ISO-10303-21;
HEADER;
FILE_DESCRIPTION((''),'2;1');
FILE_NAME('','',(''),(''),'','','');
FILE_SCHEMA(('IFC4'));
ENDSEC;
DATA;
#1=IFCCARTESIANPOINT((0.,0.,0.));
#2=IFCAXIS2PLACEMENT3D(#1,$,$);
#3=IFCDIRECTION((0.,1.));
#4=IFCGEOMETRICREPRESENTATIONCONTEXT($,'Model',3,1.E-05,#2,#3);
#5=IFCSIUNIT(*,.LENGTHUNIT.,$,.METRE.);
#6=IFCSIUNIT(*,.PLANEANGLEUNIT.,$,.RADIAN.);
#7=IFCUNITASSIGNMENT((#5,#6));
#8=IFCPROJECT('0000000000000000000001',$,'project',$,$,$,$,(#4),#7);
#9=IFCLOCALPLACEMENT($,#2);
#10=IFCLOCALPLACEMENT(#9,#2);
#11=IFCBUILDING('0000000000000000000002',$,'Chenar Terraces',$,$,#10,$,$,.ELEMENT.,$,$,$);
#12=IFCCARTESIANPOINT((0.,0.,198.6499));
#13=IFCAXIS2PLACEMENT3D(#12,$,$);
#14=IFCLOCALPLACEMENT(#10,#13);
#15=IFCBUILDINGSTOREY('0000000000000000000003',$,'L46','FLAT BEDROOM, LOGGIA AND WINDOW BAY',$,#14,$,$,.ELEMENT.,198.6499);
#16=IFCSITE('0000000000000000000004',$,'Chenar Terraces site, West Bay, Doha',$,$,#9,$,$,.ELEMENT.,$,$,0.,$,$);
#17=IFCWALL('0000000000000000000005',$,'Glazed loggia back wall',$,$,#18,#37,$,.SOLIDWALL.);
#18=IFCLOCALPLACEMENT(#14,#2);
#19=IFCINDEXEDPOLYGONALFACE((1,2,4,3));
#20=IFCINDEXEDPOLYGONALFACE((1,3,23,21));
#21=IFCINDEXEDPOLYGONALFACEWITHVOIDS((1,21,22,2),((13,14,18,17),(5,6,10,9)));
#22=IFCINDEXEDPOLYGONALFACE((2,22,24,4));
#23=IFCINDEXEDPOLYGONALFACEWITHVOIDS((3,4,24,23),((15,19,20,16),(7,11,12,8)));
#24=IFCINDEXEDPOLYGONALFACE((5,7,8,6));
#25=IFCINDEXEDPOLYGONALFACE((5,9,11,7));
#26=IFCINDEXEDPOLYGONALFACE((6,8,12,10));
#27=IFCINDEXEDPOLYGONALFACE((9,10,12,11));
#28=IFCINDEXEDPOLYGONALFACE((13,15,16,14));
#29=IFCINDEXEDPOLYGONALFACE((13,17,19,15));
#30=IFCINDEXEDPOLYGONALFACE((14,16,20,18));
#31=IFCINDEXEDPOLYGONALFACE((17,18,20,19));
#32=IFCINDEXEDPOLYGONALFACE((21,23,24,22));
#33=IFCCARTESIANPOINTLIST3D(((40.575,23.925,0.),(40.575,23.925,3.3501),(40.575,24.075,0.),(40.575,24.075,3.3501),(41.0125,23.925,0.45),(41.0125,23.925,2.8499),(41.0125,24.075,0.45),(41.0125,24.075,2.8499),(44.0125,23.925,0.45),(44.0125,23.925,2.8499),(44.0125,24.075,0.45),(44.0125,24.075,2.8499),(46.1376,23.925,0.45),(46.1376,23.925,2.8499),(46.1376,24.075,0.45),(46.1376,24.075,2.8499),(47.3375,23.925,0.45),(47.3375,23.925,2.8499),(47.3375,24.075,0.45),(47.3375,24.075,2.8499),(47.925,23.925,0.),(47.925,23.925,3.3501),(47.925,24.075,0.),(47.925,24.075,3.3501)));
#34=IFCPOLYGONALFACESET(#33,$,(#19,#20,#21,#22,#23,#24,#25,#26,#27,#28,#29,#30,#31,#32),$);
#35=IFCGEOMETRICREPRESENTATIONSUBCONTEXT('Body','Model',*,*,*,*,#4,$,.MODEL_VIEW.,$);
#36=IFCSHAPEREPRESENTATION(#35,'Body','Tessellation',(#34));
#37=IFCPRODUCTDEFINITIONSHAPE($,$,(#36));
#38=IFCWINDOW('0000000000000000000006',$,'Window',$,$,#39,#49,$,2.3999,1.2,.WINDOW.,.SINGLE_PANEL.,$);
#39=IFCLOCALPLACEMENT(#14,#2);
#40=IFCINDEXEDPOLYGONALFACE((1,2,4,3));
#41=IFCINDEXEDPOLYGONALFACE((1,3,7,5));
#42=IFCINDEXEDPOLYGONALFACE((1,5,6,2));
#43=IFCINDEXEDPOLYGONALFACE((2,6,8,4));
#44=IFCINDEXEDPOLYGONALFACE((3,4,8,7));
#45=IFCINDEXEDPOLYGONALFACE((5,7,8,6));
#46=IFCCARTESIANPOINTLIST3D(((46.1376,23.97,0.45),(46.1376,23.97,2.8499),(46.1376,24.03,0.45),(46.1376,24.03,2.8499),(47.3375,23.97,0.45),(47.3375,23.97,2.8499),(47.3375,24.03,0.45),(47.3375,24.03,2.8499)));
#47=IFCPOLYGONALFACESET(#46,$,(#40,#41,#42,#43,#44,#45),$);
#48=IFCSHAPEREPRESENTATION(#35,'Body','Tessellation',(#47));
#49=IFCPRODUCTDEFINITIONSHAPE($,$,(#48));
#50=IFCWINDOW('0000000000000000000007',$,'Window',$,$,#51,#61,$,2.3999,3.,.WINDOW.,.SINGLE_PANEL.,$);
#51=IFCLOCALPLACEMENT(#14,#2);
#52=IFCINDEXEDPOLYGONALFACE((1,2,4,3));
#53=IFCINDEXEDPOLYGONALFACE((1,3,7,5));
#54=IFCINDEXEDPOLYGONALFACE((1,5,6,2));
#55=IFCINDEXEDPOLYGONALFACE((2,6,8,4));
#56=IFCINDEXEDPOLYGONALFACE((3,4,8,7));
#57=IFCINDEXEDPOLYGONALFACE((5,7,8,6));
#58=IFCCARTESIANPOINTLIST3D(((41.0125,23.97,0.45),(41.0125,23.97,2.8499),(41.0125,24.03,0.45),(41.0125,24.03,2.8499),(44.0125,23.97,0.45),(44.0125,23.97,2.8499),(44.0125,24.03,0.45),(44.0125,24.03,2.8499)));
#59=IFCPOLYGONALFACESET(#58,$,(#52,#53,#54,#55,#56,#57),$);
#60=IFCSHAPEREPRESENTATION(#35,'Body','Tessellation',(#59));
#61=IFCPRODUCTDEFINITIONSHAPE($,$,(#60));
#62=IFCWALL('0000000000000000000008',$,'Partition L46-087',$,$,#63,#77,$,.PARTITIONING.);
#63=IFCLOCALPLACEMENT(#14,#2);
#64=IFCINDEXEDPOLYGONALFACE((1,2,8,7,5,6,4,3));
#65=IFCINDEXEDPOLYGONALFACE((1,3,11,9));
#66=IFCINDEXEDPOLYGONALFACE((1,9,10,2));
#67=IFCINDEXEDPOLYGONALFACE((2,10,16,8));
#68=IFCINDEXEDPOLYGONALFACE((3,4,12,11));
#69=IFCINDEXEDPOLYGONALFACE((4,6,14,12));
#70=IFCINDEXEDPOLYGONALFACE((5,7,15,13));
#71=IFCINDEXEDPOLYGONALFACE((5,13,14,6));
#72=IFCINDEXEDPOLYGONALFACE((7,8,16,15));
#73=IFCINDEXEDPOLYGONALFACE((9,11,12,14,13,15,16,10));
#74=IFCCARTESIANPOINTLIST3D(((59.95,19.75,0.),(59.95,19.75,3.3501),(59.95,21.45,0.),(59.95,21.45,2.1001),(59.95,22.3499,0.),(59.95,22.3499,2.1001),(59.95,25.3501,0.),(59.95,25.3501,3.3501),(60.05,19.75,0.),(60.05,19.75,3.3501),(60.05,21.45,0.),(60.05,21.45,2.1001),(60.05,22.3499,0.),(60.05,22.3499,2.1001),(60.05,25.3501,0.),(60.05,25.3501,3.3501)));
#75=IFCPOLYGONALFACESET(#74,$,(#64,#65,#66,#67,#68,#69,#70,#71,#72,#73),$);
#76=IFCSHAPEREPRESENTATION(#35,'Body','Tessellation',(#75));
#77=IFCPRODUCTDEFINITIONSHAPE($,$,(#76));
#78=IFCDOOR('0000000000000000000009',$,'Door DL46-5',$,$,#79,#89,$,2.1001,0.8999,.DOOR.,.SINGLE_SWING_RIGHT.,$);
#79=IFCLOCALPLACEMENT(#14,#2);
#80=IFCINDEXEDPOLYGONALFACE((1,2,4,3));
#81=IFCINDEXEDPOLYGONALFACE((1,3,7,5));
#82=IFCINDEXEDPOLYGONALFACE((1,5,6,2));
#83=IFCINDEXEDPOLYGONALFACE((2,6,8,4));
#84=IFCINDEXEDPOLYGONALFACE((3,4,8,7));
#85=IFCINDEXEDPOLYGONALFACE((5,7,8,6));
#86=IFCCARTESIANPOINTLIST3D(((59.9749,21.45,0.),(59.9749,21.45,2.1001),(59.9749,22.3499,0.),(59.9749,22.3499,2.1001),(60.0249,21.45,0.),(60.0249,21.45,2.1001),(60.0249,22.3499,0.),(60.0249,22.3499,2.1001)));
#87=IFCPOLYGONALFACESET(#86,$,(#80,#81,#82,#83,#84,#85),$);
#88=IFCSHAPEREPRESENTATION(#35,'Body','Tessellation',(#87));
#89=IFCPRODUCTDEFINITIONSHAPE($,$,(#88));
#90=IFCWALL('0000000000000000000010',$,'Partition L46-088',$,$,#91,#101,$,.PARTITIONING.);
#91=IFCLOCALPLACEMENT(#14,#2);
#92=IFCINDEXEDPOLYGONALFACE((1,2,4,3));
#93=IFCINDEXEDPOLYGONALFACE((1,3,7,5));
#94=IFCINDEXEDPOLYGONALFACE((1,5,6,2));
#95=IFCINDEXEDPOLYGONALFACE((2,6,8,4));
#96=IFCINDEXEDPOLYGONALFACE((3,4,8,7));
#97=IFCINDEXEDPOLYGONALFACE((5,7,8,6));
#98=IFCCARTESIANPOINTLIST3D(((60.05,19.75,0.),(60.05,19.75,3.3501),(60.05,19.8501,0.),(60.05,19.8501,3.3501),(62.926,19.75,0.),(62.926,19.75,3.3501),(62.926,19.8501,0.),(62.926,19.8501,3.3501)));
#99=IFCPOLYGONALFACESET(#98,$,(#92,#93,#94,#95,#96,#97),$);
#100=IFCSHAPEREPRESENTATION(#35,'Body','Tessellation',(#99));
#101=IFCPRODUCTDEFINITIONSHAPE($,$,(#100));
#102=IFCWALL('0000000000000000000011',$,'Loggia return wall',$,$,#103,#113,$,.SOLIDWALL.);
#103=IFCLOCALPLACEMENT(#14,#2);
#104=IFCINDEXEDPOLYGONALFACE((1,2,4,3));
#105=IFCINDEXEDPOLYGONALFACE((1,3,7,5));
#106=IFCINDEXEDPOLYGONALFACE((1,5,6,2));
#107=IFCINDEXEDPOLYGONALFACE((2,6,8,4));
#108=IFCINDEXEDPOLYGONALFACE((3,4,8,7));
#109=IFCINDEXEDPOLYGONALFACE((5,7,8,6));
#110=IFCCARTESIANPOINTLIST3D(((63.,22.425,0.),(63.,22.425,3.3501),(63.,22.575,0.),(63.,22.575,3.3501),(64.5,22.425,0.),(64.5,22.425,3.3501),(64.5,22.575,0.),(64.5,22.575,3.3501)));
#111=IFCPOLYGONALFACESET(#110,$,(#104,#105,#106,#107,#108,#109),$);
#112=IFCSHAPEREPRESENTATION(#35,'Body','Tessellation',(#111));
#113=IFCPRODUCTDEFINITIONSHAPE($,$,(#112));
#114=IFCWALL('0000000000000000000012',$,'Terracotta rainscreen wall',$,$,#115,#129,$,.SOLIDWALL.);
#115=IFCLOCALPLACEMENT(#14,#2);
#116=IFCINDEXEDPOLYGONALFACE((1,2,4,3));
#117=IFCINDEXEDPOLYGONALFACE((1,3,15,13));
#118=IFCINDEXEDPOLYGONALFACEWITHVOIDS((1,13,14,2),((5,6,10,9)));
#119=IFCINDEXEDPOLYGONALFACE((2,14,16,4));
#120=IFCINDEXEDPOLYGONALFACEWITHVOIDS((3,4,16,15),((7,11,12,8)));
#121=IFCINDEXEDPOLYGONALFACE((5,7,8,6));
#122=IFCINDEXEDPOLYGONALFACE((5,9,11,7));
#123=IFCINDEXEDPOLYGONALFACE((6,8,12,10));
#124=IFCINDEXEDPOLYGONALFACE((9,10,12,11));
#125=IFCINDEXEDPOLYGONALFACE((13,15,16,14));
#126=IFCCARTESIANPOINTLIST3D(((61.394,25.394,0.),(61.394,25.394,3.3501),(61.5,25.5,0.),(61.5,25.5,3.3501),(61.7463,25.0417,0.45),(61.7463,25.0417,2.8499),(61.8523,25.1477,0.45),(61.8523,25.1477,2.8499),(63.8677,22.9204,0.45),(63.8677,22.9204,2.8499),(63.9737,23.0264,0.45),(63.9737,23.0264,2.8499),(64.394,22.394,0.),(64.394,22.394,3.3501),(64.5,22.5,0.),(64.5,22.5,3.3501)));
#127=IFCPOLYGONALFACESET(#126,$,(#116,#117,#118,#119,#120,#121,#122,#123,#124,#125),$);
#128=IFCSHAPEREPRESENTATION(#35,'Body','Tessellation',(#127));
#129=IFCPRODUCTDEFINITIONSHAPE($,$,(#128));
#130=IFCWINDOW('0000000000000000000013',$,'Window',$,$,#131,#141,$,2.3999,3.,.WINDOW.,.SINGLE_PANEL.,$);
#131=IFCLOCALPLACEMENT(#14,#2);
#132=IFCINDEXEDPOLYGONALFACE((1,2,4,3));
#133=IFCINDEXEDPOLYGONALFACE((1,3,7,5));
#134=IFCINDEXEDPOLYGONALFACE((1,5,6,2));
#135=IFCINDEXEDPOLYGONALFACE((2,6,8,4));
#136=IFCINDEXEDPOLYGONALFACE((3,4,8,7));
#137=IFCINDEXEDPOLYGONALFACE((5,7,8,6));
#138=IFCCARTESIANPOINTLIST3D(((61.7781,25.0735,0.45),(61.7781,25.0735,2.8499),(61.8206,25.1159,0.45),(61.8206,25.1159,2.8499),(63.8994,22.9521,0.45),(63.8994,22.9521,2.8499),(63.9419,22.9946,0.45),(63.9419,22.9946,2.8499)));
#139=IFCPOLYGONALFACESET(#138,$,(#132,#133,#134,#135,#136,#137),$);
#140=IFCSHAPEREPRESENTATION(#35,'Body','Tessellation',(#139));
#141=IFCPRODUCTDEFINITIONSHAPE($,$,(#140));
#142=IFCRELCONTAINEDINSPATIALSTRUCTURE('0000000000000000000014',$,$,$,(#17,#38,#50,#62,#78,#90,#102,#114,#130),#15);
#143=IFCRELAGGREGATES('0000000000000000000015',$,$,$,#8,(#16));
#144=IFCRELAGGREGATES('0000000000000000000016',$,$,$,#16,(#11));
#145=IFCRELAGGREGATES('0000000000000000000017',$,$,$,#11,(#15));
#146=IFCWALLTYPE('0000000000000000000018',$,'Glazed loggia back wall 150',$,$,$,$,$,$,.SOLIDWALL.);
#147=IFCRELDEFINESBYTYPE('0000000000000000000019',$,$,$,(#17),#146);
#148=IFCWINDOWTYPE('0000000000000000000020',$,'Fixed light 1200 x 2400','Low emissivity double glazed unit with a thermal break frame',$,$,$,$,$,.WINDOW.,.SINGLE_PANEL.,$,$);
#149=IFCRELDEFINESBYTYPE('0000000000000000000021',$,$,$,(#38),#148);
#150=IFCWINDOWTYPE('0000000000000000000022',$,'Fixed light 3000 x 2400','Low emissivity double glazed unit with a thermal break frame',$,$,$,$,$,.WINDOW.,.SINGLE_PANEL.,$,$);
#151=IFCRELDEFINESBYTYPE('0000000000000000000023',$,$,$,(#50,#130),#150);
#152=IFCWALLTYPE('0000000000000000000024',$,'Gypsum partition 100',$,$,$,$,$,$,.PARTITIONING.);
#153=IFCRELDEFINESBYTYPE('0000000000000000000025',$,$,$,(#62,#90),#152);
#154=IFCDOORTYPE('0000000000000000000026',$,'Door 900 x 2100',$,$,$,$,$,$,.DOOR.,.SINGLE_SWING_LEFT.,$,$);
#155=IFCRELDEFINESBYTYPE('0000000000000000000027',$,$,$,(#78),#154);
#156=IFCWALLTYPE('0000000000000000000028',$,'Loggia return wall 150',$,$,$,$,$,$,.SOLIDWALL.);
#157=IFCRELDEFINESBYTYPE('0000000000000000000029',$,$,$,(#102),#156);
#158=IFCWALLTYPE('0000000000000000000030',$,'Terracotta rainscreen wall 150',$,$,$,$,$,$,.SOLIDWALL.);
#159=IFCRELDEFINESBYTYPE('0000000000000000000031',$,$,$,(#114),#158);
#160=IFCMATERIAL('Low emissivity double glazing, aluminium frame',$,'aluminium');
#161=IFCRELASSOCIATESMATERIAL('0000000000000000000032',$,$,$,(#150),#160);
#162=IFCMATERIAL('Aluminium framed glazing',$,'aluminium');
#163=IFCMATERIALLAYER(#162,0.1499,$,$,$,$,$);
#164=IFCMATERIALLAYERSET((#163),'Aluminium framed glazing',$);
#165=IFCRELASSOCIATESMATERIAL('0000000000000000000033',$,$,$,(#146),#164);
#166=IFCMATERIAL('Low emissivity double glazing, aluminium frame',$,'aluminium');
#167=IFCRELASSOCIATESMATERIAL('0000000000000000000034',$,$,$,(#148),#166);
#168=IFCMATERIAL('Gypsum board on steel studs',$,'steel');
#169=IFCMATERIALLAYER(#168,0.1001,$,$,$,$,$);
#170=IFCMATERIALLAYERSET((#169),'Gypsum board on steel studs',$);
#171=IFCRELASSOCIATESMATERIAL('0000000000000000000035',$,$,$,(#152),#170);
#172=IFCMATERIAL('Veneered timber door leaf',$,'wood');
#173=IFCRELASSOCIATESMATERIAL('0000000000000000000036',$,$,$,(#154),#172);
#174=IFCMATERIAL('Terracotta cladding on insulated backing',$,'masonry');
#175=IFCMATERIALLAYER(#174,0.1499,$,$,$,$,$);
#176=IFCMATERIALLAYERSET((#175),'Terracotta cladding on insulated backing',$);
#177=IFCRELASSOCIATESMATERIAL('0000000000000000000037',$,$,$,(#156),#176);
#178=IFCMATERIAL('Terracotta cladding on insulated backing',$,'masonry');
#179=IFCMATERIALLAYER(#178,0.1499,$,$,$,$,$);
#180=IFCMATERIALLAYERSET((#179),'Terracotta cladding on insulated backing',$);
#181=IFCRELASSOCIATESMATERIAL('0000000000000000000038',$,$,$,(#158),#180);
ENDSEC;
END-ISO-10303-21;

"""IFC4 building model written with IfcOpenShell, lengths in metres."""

from ifc_helpers import new_model, si_unit, direction, frame, frame_2d, origin, place, context, subcontext, project, spatial, rectangle, extrude, material, layer, layer_set, type_object, element, fill, save


model = new_model("IFC4")

# Units and contexts
model_context = context("Model", 3, precision=1e-05, world=origin(), true_north=direction((0.0, 1.0)))
body_context = subcontext(model_context, "Body", "Model", "MODEL_VIEW")
ifc_project = project(units=[si_unit("LENGTHUNIT", "METRE"), si_unit("PLANEANGLEUNIT", "RADIAN")], contexts=[model_context])

# Site, building, storey
site_placement = place(None, origin())
site = spatial("IfcSite", under=ifc_project, at=site_placement, Name="Chenar Terraces site, West Bay, Doha", CompositionType="ELEMENT", RefElevation=0.0)
building_placement = place(site_placement, origin())
building = spatial("IfcBuilding", under=site, at=building_placement, Name="Chenar Terraces", CompositionType="ELEMENT")
storey_placement = place(building_placement, frame((0.0, 0.0, 198.6499)))
storey = spatial("IfcBuildingStorey", under=building, at=storey_placement, Name="L46", Description="FLAT BEDROOM, LOGGIA AND WINDOW BAY", CompositionType="ELEMENT", Elevation=198.6499)

# Wall, openings, windows
ifc_material_1 = material(Name="Low emissivity double glazing, aluminium frame", Category="aluminium")
window_type_1 = type_object("IfcWindowType", Name="Fixed light 3000 x 2400", Description="Low emissivity double glazed unit with a thermal break frame", PartitioningType="SINGLE_PANEL", PredefinedType="WINDOW", material=ifc_material_1)
ifc_material_2 = material(Name="Aluminium framed glazing", Category="aluminium")
ifc_layer_1 = layer(ifc_material_2, 0.1499)
ifc_layer_set_1 = layer_set([ifc_layer_1], Name="Aluminium framed glazing")
wall_type_1 = type_object("IfcWallType", Name="Glazed loggia back wall 150", PredefinedType="SOLIDWALL", material=ifc_layer_set_1)
wall_1_placement = place(storey_placement, frame((47.925, 24.0, 0.0), z_axis=(0.0, 0.0, 1.0), x_axis=(-1.0, 0.0, 0.0)))
wall_1 = element("IfcWall", 1, at=wall_1_placement, inside=storey, type_object=wall_type_1, Name="Glazed loggia back wall", PredefinedType="SOLIDWALL", context=body_context, shape_type="SweptSolid", body=[
    extrude(rectangle(XDim=7.3501, YDim=0.1499, at=frame_2d((3.675, 0.0))), origin(), (0.0, 0.0, 1.0), 3.3501),
])
opening_1_placement = place(wall_1_placement, frame((0.5874, 0.0, 0.45)))
opening_1 = element("IfcOpeningElement", 2, at=opening_1_placement, cuts=wall_1, PredefinedType="OPENING", context=body_context, shape_type="SweptSolid", body=[
    extrude(rectangle(XDim=1.2, YDim=2.3999, at=frame_2d((0.6001, 1.2))), frame((0.0, 0.085, 0.0), z_axis=(0.0, -1.0, 0.0), x_axis=(1.0, 0.0, 0.0)), (0.0, 0.0, 1.0), 0.1699),
])
opening_2_placement = place(wall_1_placement, frame((3.9126, 0.0, 0.45)))
opening_2 = element("IfcOpeningElement", 3, at=opening_2_placement, cuts=wall_1, PredefinedType="OPENING", context=body_context, shape_type="SweptSolid", body=[
    extrude(rectangle(XDim=3.0, YDim=2.3999, at=frame_2d((1.5, 1.2))), frame((0.0, 0.085, 0.0), z_axis=(0.0, -1.0, 0.0), x_axis=(1.0, 0.0, 0.0)), (0.0, 0.0, 1.0), 0.1699),
])
ifc_material_3 = material(Name="Low emissivity double glazing, aluminium frame", Category="aluminium")
window_type_2 = type_object("IfcWindowType", Name="Fixed light 1200 x 2400", Description="Low emissivity double glazed unit with a thermal break frame", PartitioningType="SINGLE_PANEL", PredefinedType="WINDOW", material=ifc_material_3)
window_1_placement = place(opening_1_placement, origin())
window_1 = element("IfcWindow", 4, at=window_1_placement, inside=storey, type_object=window_type_2, Name="Window", OverallHeight=2.3999, OverallWidth=1.2, PartitioningType="SINGLE_PANEL", PredefinedType="WINDOW", context=body_context, shape_type="SweptSolid", body=[
    extrude(rectangle(XDim=1.2, YDim=2.3999, at=frame_2d((0.6001, 1.2))), frame((0.0, 0.03, 0.0), z_axis=(0.0, -1.0, 0.0), x_axis=(1.0, 0.0, 0.0)), (0.0, 0.0, 1.0), 0.0601),
])
fill(opening_1, window_1)
window_2_placement = place(opening_2_placement, origin())
window_2 = element("IfcWindow", 5, at=window_2_placement, inside=storey, type_object=window_type_1, Name="Window", OverallHeight=2.3999, OverallWidth=3.0, PartitioningType="SINGLE_PANEL", PredefinedType="WINDOW", context=body_context, shape_type="SweptSolid", body=[
    extrude(rectangle(XDim=3.0, YDim=2.3999, at=frame_2d((1.5, 1.2))), frame((0.0, 0.03, 0.0), z_axis=(0.0, -1.0, 0.0), x_axis=(1.0, 0.0, 0.0)), (0.0, 0.0, 1.0), 0.0601),
])
fill(opening_2, window_2)

# Wall, opening, door
ifc_material_4 = material(Name="Gypsum board on steel studs", Category="steel")
ifc_layer_2 = layer(ifc_material_4, 0.1001)
ifc_layer_set_2 = layer_set([ifc_layer_2], Name="Gypsum board on steel studs")
wall_type_2 = type_object("IfcWallType", Name="Gypsum partition 100", PredefinedType="PARTITIONING", material=ifc_layer_set_2)
wall_2_placement = place(storey_placement, frame((60.0, 19.75, 0.0), z_axis=(0.0, 0.0, 1.0), x_axis=(0.0, 1.0, 0.0)))
wall_2 = element("IfcWall", 6, at=wall_2_placement, inside=storey, type_object=wall_type_2, Name="Partition L46-087", PredefinedType="PARTITIONING", context=body_context, shape_type="SweptSolid", body=[
    extrude(rectangle(XDim=5.6001, YDim=0.1001, at=frame_2d((2.8, 0.0))), origin(), (0.0, 0.0, 1.0), 3.3501),
])
opening_3_placement = place(wall_2_placement, frame((1.7, 0.0, 0.0)))
opening_3 = element("IfcOpeningElement", 7, at=opening_3_placement, cuts=wall_2, PredefinedType="OPENING", context=body_context, shape_type="SweptSolid", body=[
    extrude(rectangle(XDim=0.8999, YDim=2.1001, at=frame_2d((0.45, 1.05))), frame((0.0, 0.0601, 0.0), z_axis=(0.0, -1.0, 0.0), x_axis=(1.0, 0.0, 0.0)), (0.0, 0.0, 1.0), 0.1201),
])
ifc_material_5 = material(Name="Veneered timber door leaf", Category="wood")
door_type_1 = type_object("IfcDoorType", Name="Door 900 x 2100", OperationType="SINGLE_SWING_LEFT", PredefinedType="DOOR", material=ifc_material_5)
door_1_placement = place(opening_3_placement, frame((0.8999, 0.0, 0.0), z_axis=(0.0, 0.0, 1.0), x_axis=(-1.0, 0.0, 0.0)))
door_1 = element("IfcDoor", 8, at=door_1_placement, inside=storey, type_object=door_type_1, Name="Door DL46-5", OperationType="SINGLE_SWING_RIGHT", OverallHeight=2.1001, OverallWidth=0.8999, PredefinedType="DOOR", context=body_context, shape_type="SweptSolid", body=[
    extrude(rectangle(XDim=0.8999, YDim=2.1001, at=frame_2d((0.45, 1.05))), frame((0.0, 0.0249, 0.0), z_axis=(0.0, -1.0, 0.0), x_axis=(1.0, 0.0, 0.0)), (0.0, 0.0, 1.0), 0.05),
])
fill(opening_3, door_1)

# Walls
wall_3_placement = place(storey_placement, frame((60.05, 19.8, 0.0), z_axis=(0.0, 0.0, 1.0), x_axis=(1.0, 0.0, 0.0)))
element("IfcWall", 9, at=wall_3_placement, inside=storey, type_object=wall_type_2, Name="Partition L46-088", PredefinedType="PARTITIONING", context=body_context, shape_type="SweptSolid", body=[
    extrude(rectangle(XDim=2.876, YDim=0.1001, at=frame_2d((1.438, 0.0))), origin(), (0.0, 0.0, 1.0), 3.3501),
])
ifc_material_6 = material(Name="Terracotta cladding on insulated backing", Category="masonry")
ifc_layer_3 = layer(ifc_material_6, 0.1499)
ifc_layer_set_3 = layer_set([ifc_layer_3], Name="Terracotta cladding on insulated backing")
wall_type_3 = type_object("IfcWallType", Name="Loggia return wall 150", PredefinedType="SOLIDWALL", material=ifc_layer_set_3)
wall_4_placement = place(storey_placement, frame((64.5, 22.5, 0.0), z_axis=(0.0, 0.0, 1.0), x_axis=(-1.0, 0.0, 0.0)))
element("IfcWall", 10, at=wall_4_placement, inside=storey, type_object=wall_type_3, Name="Loggia return wall", PredefinedType="SOLIDWALL", context=body_context, shape_type="SweptSolid", body=[
    extrude(rectangle(XDim=1.5, YDim=0.1499, at=frame_2d((0.75, 0.0))), origin(), (0.0, 0.0, 1.0), 3.3501),
])

# Wall, opening, window
ifc_material_7 = material(Name="Terracotta cladding on insulated backing", Category="masonry")
ifc_layer_4 = layer(ifc_material_7, 0.1499)
ifc_layer_set_4 = layer_set([ifc_layer_4], Name="Terracotta cladding on insulated backing")
wall_type_4 = type_object("IfcWallType", Name="Terracotta rainscreen wall 150", PredefinedType="SOLIDWALL", material=ifc_layer_set_4)
wall_5_placement = place(storey_placement, frame((64.447, 22.447, 0.0), z_axis=(0.0, 0.0, 1.0), x_axis=(-0.707107, 0.707107, 0.0)))
wall_5 = element("IfcWall", 11, at=wall_5_placement, inside=storey, type_object=wall_type_4, Name="Terracotta rainscreen wall", PredefinedType="SOLIDWALL", context=body_context, shape_type="SweptSolid", body=[
    extrude(rectangle(XDim=4.2427, YDim=0.1499, at=frame_2d((2.1213, 0.0))), origin(), (0.0, 0.0, 1.0), 3.3501),
])
opening_4_placement = place(wall_5_placement, frame((0.7444, 0.0, 0.45)))
opening_4 = element("IfcOpeningElement", 12, at=opening_4_placement, cuts=wall_5, PredefinedType="OPENING", context=body_context, shape_type="SweptSolid", body=[
    extrude(rectangle(XDim=3.0, YDim=2.3999, at=frame_2d((1.5, 1.2))), frame((0.0, 0.085, 0.0), z_axis=(0.0, -1.0, 0.0), x_axis=(1.0, 0.0, 0.0)), (0.0, 0.0, 1.0), 0.1699),
])
window_3_placement = place(opening_4_placement, origin())
window_3 = element("IfcWindow", 13, at=window_3_placement, inside=storey, type_object=window_type_1, Name="Window", OverallHeight=2.3999, OverallWidth=3.0, PartitioningType="SINGLE_PANEL", PredefinedType="WINDOW", context=body_context, shape_type="SweptSolid", body=[
    extrude(rectangle(XDim=3.0, YDim=2.3999, at=frame_2d((1.5, 1.2))), frame((0.0, 0.03, 0.0), z_axis=(0.0, -1.0, 0.0), x_axis=(1.0, 0.0, 0.0)), (0.0, 0.0, 1.0), 0.0601),
])
fill(opening_4, window_3)

save(model, "model.ifc")
